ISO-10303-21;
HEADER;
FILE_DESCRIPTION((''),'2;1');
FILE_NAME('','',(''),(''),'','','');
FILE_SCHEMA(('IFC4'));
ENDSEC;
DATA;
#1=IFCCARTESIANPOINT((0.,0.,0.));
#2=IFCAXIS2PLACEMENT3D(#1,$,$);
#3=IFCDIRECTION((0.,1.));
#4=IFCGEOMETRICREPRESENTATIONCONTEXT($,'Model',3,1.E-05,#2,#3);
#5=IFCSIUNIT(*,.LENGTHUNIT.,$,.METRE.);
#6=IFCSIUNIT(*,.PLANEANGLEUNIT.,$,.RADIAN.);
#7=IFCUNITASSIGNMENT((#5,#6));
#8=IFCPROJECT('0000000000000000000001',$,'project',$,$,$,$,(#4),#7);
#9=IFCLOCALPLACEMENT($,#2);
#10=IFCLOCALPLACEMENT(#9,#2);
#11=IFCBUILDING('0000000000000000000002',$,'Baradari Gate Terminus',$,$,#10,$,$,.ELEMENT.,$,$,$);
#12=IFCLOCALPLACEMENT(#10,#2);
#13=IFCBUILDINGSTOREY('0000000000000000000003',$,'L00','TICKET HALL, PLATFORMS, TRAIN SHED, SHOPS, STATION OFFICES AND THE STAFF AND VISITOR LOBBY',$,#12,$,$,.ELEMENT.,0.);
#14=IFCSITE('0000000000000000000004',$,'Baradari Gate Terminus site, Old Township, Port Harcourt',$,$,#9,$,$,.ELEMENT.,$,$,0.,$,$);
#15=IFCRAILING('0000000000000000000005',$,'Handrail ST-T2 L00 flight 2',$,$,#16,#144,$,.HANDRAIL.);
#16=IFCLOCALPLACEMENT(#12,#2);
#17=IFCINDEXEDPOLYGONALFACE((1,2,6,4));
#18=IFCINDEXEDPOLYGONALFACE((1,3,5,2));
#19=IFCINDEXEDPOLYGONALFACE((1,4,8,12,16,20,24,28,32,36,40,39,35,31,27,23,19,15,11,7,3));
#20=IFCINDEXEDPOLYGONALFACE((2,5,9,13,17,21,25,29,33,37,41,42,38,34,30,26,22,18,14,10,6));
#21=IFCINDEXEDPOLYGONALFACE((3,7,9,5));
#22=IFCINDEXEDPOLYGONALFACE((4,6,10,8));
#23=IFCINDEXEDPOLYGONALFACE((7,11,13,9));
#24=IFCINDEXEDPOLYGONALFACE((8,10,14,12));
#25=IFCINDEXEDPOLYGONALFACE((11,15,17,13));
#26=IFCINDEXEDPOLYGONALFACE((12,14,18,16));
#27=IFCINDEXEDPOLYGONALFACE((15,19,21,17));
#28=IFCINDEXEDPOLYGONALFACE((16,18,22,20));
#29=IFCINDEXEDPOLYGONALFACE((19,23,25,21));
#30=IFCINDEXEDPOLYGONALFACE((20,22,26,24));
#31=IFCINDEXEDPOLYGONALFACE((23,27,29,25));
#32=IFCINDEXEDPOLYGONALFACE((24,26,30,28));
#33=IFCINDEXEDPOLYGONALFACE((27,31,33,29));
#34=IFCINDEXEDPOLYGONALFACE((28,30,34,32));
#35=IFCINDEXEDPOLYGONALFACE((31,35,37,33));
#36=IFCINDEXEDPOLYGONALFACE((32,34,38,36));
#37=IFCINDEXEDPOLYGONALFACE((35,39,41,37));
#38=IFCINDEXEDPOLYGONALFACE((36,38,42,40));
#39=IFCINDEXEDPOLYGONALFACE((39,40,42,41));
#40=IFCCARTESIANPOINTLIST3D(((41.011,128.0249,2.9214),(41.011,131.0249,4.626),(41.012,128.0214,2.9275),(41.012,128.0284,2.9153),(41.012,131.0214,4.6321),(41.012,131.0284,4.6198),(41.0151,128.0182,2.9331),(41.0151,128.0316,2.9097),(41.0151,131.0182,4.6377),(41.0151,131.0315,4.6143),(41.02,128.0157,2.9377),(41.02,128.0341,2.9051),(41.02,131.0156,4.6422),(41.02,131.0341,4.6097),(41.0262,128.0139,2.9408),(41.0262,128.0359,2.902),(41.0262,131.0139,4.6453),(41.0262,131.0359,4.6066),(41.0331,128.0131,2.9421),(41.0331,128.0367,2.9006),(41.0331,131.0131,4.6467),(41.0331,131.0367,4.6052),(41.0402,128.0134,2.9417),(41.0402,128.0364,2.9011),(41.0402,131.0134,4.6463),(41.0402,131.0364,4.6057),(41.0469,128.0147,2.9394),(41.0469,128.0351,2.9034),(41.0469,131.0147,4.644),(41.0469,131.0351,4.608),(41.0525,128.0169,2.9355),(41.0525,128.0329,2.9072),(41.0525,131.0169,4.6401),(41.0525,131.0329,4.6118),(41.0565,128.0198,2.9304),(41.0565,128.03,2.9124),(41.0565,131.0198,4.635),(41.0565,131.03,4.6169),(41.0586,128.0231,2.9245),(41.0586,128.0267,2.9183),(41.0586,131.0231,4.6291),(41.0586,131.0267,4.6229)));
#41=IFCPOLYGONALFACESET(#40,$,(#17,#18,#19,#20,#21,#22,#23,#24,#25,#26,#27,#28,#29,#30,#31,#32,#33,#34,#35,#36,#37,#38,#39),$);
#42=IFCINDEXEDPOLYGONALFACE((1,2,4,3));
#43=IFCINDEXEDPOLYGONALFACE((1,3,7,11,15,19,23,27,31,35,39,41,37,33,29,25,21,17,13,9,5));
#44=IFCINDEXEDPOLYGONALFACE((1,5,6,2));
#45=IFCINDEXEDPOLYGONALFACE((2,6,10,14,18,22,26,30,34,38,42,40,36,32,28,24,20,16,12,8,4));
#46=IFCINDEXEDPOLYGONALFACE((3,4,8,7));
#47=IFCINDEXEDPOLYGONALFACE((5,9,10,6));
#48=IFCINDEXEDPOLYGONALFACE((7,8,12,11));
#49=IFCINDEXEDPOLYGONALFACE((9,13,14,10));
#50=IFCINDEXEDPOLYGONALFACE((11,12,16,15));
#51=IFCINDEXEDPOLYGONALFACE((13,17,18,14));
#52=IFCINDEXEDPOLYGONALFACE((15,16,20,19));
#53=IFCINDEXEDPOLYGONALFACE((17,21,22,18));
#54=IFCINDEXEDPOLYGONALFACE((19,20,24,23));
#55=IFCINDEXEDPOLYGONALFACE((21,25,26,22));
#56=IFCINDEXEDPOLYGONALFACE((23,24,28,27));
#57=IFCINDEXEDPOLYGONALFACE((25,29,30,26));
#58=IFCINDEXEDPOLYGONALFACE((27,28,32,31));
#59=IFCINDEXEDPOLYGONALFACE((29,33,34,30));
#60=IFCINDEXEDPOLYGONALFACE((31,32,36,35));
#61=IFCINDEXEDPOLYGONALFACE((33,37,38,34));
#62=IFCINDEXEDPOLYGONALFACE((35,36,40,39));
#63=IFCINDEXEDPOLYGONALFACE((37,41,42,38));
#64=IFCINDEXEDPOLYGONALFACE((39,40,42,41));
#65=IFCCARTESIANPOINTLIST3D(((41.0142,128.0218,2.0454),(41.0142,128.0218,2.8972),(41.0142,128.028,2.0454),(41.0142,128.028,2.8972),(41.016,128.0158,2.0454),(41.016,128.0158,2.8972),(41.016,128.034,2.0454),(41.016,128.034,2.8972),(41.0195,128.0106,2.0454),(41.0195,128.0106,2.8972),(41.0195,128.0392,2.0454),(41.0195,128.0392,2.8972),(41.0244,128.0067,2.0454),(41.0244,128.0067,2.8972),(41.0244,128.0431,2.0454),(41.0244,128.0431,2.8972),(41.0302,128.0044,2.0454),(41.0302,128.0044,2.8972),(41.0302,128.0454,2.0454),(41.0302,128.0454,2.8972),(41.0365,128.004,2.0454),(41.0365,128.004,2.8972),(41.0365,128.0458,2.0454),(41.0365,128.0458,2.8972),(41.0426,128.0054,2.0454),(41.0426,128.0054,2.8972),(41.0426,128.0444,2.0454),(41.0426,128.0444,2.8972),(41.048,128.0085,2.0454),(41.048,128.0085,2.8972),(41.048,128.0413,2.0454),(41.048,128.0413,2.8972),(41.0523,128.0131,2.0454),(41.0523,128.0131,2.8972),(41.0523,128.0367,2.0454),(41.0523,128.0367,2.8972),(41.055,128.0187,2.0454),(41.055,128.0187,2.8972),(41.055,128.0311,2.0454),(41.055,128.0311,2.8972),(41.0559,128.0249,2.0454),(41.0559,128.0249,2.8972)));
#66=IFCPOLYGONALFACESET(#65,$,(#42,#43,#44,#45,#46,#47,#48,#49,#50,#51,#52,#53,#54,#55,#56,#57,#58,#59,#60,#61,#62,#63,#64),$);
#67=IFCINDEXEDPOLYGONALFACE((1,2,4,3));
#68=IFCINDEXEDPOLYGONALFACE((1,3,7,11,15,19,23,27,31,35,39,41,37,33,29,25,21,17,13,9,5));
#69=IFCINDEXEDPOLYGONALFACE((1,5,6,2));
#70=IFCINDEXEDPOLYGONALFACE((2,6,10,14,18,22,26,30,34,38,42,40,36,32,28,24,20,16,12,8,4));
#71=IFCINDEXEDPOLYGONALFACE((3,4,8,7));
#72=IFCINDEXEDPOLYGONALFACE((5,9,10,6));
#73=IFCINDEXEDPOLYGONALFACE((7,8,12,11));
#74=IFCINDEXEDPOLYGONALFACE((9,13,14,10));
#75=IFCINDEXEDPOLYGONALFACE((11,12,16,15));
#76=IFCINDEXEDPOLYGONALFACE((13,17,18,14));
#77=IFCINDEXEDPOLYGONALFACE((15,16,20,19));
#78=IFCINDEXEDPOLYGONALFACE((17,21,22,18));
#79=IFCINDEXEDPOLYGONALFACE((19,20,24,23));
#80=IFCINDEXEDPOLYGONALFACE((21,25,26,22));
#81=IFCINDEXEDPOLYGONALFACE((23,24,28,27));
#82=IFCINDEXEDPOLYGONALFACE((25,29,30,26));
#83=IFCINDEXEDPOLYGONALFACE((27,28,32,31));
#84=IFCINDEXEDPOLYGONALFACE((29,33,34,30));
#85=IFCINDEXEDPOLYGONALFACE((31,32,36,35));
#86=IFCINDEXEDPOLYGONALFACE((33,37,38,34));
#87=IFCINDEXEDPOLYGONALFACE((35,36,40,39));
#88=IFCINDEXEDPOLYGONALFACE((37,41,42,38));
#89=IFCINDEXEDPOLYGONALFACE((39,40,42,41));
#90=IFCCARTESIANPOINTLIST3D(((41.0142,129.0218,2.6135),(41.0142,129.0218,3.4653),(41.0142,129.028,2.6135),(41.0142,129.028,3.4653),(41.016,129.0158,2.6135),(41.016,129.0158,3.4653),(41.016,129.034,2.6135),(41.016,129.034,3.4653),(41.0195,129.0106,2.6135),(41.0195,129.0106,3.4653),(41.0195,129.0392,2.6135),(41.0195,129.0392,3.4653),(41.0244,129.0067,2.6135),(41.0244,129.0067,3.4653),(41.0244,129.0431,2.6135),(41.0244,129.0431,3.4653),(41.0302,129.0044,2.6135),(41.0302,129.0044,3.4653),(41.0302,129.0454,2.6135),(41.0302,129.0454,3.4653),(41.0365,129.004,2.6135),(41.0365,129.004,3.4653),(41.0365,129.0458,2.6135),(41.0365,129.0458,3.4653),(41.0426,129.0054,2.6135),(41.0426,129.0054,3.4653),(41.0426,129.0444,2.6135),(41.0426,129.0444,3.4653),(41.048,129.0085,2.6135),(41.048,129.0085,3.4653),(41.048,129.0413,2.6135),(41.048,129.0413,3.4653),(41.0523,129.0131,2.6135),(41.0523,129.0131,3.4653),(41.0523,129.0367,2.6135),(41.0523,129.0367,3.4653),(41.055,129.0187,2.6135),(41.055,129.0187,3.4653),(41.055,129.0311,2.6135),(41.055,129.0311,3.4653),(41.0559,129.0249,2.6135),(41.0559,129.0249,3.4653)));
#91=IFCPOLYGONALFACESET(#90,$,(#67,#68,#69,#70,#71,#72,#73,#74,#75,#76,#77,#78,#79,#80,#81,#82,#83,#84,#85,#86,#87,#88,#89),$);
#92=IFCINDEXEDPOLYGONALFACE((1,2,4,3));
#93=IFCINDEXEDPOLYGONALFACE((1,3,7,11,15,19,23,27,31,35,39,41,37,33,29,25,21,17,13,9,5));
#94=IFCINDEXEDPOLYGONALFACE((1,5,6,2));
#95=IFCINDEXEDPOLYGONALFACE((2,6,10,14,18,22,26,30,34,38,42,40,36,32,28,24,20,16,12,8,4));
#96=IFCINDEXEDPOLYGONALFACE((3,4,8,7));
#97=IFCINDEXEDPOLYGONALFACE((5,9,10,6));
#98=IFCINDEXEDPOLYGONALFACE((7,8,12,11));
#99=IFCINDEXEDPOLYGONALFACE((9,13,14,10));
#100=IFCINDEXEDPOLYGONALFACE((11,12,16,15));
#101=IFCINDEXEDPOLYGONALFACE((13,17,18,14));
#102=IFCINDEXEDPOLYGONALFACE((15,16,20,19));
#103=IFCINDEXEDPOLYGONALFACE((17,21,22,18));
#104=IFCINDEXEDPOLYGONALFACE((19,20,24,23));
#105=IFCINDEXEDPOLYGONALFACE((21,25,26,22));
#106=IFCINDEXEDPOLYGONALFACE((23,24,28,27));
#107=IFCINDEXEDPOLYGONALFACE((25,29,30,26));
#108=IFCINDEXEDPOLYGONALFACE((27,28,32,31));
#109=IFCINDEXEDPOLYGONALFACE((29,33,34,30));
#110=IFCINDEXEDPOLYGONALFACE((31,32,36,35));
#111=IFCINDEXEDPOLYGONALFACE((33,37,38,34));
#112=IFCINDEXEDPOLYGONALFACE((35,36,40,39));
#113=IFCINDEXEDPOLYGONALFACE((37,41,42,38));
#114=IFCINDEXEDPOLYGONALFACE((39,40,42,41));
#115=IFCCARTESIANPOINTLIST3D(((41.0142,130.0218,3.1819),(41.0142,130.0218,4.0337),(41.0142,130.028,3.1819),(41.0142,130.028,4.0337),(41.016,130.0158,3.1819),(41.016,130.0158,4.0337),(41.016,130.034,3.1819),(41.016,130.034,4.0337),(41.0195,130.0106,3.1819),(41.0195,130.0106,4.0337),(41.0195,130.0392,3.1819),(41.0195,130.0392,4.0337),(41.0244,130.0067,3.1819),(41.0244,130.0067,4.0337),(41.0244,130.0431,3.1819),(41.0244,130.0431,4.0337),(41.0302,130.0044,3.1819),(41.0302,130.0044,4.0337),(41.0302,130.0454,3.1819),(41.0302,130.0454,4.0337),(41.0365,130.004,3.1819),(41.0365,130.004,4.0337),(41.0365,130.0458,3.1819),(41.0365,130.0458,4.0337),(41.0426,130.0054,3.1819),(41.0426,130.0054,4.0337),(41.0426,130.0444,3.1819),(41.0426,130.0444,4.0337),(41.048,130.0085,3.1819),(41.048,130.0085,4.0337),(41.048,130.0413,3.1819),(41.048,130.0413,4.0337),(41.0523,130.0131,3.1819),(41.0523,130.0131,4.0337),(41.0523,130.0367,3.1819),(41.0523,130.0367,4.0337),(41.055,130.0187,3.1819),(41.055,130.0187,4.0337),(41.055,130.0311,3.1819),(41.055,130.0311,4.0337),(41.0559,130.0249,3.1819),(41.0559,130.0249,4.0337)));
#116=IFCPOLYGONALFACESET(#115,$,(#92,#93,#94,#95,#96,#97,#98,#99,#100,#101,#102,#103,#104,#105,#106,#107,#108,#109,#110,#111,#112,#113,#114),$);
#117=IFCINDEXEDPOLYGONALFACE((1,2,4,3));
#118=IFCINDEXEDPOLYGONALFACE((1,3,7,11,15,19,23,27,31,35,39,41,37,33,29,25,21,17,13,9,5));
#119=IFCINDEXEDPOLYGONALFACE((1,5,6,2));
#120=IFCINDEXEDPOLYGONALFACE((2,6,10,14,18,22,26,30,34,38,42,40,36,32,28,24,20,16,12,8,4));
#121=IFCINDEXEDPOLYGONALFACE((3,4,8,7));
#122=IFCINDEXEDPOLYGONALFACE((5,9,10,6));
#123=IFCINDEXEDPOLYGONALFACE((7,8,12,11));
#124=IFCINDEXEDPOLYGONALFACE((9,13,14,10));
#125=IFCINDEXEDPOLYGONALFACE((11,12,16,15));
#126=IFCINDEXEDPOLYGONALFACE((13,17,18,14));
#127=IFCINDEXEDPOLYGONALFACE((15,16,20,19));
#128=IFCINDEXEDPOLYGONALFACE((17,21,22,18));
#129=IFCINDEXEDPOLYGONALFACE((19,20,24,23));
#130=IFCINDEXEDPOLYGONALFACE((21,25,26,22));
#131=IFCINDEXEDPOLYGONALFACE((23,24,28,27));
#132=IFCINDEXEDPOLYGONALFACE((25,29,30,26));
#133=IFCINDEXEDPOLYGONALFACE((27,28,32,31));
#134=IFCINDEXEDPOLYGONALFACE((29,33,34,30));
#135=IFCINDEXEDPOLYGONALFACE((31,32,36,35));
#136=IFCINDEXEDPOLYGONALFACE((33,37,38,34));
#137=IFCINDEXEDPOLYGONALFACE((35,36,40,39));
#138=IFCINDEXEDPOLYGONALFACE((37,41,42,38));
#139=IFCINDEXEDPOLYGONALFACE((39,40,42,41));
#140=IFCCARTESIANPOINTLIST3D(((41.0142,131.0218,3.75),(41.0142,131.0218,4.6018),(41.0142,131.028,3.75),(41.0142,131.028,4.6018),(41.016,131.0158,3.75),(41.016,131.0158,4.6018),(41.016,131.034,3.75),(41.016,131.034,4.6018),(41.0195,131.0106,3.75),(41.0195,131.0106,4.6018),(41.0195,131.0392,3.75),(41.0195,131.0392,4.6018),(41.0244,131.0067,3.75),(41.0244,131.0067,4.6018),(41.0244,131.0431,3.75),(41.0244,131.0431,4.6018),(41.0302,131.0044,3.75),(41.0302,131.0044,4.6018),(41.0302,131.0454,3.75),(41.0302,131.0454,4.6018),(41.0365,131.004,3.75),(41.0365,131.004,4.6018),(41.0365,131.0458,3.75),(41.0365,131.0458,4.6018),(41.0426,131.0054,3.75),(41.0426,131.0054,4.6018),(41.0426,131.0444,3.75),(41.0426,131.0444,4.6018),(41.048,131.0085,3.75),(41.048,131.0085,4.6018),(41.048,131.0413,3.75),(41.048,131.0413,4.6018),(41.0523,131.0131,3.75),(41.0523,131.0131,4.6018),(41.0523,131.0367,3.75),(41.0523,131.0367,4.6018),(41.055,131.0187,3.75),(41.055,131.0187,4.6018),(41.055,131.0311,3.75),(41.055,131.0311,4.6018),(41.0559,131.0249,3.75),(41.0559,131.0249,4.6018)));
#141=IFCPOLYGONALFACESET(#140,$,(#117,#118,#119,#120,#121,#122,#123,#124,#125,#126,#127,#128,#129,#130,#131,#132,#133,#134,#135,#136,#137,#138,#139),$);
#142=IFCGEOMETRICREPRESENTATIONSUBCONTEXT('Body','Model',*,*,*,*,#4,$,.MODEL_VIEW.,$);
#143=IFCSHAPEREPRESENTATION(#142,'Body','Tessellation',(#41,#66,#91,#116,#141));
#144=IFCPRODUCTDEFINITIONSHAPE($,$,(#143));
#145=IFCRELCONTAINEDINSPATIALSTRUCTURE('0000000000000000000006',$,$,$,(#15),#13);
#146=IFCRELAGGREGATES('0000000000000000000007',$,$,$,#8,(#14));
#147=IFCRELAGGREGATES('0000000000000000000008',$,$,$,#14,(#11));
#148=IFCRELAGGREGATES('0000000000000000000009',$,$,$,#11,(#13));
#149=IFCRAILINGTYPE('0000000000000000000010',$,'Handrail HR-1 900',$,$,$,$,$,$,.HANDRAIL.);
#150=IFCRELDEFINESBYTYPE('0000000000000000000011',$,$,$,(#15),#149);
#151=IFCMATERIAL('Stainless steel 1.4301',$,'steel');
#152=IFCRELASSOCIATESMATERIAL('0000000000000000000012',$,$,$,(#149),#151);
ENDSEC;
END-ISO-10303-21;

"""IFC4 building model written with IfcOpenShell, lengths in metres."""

from ifc_helpers import new_model, si_unit, direction, frame, origin, origin_2d, place, context, subcontext, project, spatial, circle, extrude, material, type_object, element, save


model = new_model("IFC4")

# Units and contexts
model_context = context("Model", 3, precision=1e-05, world=origin(), true_north=direction((0.0, 1.0)))
body_context = subcontext(model_context, "Body", "Model", "MODEL_VIEW")
ifc_project = project(units=[si_unit("LENGTHUNIT", "METRE"), si_unit("PLANEANGLEUNIT", "RADIAN")], contexts=[model_context])

# Site, building, storey
site_placement = place(None, origin())
site = spatial("IfcSite", under=ifc_project, at=site_placement, Name="Baradari Gate Terminus site, Old Township, Port Harcourt", CompositionType="ELEMENT", RefElevation=0.0)
building_placement = place(site_placement, origin())
building = spatial("IfcBuilding", under=site, at=building_placement, Name="Baradari Gate Terminus", CompositionType="ELEMENT")
storey_placement = place(building_placement, origin())
storey = spatial("IfcBuildingStorey", under=building, at=storey_placement, Name="L00", Description="TICKET HALL, PLATFORMS, TRAIN SHED, SHOPS, STATION OFFICES AND THE STAFF AND VISITOR LOBBY", CompositionType="ELEMENT", Elevation=0.0)

# Railing
ifc_material_1 = material(Name="Stainless steel 1.4301", Category="steel")
railing_type_1 = type_object("IfcRailingType", Name="Handrail HR-1 900", PredefinedType="HANDRAIL", material=ifc_material_1)
for number, where, name in (
    (1, (41.0349, 128.0249, 2.0454), "Handrail ST-T2 L00 flight 2"),
):
    element("IfcRailing", number, at=place(storey_placement, frame(where)), inside=storey, type_object=railing_type_1, Name=name, PredefinedType="HANDRAIL", context=body_context, shape_type="SweptSolid", body=[
        extrude(circle(Radius=0.0239, at=origin_2d()), frame((0.0, 0.0, 0.876), z_axis=(0.0, 0.869451, 0.494019), x_axis=(-1.0, 0.0, 0.0)), (0.0, 0.0, 1.0), 3.4504),
        extrude(circle(Radius=0.021, at=origin_2d()), origin(), (0.0, 0.0, 1.0), 0.8518),
        extrude(circle(Radius=0.021, at=origin_2d()), frame((0.0, 1.0, 0.5681)), (0.0, 0.0, 1.0), 0.8518),
        extrude(circle(Radius=0.021, at=origin_2d()), frame((0.0, 2.0, 1.1365)), (0.0, 0.0, 1.0), 0.8518),
        extrude(circle(Radius=0.021, at=origin_2d()), frame((0.0, 3.0, 1.7046)), (0.0, 0.0, 1.0), 0.8518),
    ])

save(model, "model.ifc")
